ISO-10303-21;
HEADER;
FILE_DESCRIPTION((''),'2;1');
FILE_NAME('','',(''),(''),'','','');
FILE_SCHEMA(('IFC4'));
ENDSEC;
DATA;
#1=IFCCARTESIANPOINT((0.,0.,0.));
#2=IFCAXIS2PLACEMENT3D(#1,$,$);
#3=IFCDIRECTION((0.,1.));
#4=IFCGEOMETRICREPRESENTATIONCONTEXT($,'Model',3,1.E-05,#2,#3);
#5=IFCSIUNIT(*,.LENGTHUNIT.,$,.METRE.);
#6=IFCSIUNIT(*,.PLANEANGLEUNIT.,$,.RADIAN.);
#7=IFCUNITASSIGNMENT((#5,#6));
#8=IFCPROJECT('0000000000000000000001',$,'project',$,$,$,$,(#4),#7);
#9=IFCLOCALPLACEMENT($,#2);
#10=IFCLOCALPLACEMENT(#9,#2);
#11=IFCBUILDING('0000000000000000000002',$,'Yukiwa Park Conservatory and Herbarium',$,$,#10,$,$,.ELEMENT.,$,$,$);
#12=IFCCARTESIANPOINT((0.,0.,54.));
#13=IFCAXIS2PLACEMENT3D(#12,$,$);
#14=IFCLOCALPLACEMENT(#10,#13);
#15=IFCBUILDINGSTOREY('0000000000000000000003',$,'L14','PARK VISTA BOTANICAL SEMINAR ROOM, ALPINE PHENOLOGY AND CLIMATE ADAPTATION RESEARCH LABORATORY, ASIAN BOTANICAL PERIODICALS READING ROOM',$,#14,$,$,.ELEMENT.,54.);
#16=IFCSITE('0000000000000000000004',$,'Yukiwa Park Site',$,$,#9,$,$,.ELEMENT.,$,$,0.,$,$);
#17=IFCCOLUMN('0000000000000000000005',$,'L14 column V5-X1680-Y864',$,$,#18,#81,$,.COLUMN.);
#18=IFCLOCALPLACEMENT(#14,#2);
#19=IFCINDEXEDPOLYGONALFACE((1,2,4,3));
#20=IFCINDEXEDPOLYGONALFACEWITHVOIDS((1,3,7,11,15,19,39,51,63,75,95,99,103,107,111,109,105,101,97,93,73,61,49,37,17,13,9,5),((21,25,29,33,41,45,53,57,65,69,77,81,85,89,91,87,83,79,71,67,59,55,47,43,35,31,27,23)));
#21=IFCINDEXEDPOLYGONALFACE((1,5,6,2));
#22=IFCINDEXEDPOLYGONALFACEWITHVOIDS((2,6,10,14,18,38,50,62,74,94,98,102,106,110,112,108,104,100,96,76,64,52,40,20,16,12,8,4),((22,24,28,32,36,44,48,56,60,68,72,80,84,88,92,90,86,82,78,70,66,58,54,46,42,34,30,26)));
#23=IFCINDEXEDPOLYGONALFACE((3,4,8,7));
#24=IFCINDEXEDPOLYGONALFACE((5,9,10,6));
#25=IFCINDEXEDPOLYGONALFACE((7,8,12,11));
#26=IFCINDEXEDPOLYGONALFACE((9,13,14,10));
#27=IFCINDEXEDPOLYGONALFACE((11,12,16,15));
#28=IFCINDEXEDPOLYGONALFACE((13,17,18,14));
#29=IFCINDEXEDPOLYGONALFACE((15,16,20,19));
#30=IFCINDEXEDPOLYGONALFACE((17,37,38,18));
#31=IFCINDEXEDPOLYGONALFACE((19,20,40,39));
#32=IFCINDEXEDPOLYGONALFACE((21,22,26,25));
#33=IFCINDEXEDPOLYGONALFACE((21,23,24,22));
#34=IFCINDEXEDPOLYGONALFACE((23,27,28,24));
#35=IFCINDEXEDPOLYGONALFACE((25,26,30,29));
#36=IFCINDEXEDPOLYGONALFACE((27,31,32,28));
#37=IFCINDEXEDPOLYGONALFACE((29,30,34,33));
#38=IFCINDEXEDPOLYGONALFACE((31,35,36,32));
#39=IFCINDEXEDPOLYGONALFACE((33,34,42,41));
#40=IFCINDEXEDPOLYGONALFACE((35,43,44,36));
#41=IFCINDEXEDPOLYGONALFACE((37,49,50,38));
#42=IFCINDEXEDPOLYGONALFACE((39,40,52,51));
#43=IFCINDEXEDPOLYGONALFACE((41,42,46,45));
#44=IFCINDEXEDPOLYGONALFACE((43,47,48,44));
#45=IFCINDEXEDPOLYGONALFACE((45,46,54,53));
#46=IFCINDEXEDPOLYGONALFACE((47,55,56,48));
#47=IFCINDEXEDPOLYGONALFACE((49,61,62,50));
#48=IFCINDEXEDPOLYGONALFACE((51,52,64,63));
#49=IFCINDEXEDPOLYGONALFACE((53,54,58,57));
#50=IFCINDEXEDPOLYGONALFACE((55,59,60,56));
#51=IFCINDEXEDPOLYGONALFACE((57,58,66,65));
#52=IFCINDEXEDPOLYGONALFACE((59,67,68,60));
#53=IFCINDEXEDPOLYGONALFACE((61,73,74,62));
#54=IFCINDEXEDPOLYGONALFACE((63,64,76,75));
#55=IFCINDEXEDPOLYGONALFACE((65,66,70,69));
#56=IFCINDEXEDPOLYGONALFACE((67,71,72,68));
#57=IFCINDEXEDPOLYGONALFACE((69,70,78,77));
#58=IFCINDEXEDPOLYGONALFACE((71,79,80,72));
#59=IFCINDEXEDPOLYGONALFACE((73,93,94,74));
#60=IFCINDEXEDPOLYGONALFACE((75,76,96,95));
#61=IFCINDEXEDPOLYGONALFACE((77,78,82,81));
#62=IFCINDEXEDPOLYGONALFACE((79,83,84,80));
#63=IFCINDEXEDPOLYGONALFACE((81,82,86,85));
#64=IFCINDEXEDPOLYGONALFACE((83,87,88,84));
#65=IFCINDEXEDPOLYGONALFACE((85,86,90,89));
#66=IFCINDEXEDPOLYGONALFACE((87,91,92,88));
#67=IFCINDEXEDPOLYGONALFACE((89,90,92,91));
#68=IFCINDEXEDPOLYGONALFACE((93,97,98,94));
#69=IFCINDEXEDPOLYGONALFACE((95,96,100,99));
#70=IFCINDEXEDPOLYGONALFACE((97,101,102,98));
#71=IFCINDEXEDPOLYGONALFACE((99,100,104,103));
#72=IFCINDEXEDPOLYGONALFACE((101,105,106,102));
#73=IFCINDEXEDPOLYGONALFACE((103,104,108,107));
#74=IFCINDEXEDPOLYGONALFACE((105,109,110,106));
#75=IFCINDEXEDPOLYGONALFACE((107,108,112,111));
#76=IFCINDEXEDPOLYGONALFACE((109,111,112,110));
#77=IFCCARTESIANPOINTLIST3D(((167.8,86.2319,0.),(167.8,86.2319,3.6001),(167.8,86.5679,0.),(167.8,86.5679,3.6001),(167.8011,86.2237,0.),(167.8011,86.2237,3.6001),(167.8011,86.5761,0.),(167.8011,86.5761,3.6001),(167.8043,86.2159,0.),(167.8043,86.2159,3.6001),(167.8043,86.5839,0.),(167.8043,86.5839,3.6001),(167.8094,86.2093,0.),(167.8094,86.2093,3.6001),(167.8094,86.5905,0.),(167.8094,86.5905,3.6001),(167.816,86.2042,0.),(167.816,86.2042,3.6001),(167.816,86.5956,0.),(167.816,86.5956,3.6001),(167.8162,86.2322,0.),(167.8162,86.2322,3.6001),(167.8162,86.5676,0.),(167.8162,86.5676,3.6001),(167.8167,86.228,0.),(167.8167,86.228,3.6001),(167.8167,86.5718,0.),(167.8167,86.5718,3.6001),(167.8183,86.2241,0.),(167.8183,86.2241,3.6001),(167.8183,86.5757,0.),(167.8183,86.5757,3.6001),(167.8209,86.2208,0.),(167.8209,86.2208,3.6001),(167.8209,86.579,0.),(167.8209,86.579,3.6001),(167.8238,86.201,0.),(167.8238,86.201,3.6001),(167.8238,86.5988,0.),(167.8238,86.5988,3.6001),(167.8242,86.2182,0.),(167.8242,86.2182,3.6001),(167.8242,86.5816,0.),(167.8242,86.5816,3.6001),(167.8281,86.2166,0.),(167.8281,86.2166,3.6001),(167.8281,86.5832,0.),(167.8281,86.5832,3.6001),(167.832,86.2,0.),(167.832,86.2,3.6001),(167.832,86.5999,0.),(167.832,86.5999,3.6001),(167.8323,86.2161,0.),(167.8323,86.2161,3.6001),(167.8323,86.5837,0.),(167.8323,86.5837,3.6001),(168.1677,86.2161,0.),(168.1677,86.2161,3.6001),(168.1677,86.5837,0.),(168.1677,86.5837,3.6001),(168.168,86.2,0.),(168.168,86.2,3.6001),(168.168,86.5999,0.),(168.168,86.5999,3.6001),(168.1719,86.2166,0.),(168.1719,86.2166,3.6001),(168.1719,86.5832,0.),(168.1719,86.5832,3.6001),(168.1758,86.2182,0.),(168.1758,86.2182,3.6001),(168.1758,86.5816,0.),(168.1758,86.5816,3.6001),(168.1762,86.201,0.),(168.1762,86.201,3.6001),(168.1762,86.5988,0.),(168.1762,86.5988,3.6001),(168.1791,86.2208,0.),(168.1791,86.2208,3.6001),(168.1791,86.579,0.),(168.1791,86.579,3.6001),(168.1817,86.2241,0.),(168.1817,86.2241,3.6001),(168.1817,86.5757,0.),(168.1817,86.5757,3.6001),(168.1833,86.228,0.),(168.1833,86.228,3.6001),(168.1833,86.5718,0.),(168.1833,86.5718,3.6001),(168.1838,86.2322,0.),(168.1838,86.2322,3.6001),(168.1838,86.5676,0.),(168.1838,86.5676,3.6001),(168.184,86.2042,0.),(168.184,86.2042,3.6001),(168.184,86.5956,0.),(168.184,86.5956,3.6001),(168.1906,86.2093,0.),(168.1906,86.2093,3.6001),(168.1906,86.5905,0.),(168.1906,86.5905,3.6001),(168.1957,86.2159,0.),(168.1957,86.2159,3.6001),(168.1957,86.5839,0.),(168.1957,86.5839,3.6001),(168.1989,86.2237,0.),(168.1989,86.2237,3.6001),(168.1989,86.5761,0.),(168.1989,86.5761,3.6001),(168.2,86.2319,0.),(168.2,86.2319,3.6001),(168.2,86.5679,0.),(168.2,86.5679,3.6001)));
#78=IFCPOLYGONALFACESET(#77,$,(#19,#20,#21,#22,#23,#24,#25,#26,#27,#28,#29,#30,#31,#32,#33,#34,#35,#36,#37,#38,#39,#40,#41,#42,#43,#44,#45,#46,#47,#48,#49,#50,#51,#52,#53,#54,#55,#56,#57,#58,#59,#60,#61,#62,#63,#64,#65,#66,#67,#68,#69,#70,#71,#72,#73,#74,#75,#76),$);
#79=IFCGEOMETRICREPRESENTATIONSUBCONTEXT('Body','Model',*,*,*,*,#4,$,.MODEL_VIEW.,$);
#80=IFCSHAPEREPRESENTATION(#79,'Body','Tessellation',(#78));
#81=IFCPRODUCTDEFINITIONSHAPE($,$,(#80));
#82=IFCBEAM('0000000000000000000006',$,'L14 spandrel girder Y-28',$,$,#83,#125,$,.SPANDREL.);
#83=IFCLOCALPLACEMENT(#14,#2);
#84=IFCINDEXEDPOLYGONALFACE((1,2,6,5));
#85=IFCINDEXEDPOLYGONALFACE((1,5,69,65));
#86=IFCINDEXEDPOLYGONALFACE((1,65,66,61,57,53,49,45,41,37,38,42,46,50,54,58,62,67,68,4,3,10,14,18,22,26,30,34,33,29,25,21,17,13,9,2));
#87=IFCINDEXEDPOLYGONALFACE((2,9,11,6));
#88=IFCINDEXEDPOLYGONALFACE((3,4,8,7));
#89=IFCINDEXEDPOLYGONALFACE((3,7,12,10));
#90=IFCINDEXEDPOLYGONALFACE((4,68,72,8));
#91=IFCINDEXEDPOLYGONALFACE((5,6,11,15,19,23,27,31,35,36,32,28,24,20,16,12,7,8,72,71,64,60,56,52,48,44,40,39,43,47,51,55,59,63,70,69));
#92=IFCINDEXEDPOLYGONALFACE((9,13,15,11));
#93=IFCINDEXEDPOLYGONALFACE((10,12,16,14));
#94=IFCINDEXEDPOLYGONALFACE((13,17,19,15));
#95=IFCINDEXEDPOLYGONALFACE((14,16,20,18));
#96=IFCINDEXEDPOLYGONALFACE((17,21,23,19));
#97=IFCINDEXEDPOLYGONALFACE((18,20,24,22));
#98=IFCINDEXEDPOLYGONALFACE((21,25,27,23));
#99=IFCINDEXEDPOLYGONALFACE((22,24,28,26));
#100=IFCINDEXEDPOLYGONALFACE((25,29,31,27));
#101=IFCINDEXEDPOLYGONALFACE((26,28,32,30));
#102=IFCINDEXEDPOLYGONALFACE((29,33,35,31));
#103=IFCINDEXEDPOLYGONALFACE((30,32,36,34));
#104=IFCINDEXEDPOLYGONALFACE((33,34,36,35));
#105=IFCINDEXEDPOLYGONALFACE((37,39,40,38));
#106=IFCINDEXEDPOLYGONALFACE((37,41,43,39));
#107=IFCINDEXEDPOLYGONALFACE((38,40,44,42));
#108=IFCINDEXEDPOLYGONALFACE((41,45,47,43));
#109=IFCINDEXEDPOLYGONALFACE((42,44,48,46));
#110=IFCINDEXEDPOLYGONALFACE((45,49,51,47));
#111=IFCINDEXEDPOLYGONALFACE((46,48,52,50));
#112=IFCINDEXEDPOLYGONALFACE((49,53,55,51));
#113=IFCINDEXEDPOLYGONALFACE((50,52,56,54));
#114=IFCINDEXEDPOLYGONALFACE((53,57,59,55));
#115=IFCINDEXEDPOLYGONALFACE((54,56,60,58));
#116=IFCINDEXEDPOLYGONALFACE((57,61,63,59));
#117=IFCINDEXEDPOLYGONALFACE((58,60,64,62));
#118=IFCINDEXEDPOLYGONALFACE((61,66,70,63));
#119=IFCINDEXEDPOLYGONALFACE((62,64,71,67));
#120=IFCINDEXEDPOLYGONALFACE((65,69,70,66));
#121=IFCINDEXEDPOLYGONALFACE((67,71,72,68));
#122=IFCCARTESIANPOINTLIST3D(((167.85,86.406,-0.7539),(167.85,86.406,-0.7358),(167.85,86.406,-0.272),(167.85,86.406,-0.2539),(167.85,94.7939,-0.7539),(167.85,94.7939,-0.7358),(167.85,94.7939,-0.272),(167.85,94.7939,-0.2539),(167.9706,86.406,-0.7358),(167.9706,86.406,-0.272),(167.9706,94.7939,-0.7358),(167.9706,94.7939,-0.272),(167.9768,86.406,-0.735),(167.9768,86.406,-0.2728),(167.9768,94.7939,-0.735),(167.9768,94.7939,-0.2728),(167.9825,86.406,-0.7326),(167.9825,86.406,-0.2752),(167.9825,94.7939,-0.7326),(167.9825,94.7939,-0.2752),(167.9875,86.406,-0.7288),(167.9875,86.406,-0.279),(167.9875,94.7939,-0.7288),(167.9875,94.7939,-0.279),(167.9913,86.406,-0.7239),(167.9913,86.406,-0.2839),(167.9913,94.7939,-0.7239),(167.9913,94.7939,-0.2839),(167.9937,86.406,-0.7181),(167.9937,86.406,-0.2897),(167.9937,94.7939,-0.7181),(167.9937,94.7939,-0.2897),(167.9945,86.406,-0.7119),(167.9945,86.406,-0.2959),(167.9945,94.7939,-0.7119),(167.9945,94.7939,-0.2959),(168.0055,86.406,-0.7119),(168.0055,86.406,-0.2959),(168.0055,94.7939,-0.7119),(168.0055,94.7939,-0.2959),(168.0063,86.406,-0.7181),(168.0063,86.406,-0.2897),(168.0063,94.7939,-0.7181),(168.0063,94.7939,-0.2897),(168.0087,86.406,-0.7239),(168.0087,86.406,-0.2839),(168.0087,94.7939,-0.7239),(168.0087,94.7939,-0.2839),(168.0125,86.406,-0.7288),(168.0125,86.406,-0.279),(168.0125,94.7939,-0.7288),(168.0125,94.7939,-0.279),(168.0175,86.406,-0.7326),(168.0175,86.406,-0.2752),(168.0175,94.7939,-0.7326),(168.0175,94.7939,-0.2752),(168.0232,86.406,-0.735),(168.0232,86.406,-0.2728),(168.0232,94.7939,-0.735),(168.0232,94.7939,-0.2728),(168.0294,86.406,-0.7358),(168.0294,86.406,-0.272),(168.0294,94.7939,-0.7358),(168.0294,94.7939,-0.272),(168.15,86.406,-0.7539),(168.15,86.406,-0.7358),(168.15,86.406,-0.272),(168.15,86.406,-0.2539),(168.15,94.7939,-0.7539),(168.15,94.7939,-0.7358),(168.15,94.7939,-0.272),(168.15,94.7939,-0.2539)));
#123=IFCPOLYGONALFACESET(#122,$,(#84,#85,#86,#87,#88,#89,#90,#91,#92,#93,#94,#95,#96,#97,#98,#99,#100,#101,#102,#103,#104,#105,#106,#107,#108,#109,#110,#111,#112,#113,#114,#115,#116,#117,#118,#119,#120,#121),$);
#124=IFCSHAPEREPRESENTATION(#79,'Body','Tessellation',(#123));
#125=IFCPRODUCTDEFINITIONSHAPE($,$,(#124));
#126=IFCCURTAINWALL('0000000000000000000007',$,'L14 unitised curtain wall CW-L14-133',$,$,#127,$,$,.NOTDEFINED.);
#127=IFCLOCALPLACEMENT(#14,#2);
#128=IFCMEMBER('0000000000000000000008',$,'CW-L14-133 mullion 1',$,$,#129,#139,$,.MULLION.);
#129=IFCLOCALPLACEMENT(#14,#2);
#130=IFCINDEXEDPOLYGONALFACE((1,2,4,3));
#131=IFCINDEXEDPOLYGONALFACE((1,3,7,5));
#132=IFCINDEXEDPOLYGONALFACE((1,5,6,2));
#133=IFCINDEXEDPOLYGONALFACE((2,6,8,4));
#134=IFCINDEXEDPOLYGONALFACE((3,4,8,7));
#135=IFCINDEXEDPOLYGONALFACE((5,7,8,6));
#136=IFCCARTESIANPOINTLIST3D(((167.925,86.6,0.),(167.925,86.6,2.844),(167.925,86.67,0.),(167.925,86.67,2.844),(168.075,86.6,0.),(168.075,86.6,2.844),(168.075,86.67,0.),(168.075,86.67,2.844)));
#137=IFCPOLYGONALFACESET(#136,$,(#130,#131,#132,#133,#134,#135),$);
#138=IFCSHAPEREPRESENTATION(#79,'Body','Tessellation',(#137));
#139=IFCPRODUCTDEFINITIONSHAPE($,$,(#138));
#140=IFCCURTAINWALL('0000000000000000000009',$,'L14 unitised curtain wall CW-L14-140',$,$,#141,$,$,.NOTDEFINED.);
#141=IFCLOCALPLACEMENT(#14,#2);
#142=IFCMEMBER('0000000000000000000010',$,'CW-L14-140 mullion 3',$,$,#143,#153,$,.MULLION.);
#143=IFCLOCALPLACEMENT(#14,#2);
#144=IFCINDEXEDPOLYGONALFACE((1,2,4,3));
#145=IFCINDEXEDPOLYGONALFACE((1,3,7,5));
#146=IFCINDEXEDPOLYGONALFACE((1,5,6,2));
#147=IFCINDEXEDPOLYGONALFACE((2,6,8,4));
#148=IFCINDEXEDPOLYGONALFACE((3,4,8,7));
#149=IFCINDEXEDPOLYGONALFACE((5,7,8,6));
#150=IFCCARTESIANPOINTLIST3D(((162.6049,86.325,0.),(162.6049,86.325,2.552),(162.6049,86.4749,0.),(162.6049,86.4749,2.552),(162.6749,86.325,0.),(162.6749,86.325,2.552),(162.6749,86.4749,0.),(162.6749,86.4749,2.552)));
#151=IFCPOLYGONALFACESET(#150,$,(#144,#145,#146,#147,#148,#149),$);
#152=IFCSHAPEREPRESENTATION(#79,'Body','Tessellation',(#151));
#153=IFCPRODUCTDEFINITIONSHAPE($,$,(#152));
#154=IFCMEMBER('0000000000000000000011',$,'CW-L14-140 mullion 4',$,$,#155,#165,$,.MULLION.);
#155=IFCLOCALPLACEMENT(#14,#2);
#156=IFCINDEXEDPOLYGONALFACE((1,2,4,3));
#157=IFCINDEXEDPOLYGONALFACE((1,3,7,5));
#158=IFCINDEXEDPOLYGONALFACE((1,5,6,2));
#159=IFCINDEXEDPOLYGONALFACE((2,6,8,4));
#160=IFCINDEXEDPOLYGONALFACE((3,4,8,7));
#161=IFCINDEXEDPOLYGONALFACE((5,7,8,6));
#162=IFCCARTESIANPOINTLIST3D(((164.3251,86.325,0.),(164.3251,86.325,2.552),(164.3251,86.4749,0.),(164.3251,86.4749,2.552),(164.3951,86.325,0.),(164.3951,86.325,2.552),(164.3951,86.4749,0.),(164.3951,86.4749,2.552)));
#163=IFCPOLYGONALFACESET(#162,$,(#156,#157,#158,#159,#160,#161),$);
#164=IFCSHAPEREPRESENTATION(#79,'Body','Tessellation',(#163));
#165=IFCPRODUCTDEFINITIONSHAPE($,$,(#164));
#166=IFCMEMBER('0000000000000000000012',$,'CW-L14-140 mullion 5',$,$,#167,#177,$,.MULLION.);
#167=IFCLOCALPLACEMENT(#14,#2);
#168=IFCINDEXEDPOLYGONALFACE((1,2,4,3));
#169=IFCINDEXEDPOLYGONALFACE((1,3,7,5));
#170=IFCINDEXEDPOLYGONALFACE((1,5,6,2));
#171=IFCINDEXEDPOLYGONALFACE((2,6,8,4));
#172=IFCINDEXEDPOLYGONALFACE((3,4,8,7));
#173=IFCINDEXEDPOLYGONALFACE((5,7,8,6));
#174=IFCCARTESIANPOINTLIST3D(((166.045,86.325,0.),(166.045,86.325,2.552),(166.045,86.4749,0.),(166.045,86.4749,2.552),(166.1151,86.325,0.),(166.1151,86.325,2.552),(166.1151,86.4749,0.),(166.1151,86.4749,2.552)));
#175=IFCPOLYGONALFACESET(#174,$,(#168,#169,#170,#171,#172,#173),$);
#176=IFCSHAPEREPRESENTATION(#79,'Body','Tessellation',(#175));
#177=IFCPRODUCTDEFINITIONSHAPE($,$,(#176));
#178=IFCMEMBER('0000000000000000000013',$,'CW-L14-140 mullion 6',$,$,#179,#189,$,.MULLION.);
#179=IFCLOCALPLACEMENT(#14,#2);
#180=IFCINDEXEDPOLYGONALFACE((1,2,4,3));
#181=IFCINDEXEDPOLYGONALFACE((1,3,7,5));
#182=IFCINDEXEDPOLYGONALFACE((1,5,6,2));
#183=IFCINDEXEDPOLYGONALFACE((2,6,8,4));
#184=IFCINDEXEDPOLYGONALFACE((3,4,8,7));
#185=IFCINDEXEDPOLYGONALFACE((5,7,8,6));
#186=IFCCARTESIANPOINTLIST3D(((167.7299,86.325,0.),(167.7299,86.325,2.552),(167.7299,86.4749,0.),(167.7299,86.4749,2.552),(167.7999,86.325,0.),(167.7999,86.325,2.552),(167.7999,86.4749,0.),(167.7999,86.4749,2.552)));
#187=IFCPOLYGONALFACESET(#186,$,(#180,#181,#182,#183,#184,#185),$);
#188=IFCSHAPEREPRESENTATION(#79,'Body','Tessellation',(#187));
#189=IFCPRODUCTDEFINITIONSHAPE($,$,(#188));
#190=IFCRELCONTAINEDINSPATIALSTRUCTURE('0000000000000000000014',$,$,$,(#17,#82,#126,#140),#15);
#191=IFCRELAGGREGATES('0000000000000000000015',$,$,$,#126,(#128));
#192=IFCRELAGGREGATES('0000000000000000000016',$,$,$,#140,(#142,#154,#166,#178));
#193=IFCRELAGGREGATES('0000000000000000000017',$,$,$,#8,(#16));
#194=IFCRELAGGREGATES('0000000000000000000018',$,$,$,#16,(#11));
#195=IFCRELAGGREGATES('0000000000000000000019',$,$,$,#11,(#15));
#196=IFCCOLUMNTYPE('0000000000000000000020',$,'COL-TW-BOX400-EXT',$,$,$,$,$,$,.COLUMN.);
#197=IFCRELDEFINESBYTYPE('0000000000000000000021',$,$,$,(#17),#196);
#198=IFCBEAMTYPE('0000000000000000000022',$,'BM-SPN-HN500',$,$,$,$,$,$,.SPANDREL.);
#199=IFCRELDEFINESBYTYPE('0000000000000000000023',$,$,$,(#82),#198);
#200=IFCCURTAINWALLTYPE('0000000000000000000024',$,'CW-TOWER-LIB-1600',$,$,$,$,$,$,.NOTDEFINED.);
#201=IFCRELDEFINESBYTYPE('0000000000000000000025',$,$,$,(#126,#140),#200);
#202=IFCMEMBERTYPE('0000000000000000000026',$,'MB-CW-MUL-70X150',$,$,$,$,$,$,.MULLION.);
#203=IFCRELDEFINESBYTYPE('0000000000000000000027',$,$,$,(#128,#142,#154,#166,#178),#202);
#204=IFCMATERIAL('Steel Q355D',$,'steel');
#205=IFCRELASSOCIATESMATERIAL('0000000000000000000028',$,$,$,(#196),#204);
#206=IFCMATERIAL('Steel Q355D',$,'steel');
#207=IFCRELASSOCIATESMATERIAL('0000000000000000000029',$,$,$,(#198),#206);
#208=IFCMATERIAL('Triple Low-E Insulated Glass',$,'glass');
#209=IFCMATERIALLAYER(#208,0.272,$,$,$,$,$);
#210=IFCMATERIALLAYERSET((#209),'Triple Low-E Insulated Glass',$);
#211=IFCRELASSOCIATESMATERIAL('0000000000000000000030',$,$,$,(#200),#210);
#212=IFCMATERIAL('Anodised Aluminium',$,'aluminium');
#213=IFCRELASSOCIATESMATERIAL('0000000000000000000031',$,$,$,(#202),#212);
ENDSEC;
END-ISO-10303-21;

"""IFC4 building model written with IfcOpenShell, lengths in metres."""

from ifc_helpers import new_model, si_unit, direction, frame, origin, origin_2d, place, context, subcontext, project, spatial, rectangle, hollow_rectangle, i_section, extrude, material, layer, layer_set, material_profile, profile_set, type_object, element, aggregate, save


model = new_model("IFC4")

# Units and contexts
model_context = context("Model", 3, precision=1e-05, world=origin(), true_north=direction((0.0, 1.0)))
body_context = subcontext(model_context, "Body", "Model", "MODEL_VIEW")
ifc_project = project(units=[si_unit("LENGTHUNIT", "METRE"), si_unit("PLANEANGLEUNIT", "RADIAN")], contexts=[model_context])

# Site, building, storey
site_placement = place(None, origin())
site = spatial("IfcSite", under=ifc_project, at=site_placement, Name="Yukiwa Park Site", CompositionType="ELEMENT", RefElevation=0.0)
building_placement = place(site_placement, origin())
building = spatial("IfcBuilding", under=site, at=building_placement, Name="Yukiwa Park Conservatory and Herbarium", CompositionType="ELEMENT")
storey_placement = place(building_placement, frame((0.0, 0.0, 54.0)))
storey = spatial("IfcBuildingStorey", under=building, at=storey_placement, Name="L14", Description="PARK VISTA BOTANICAL SEMINAR ROOM, ALPINE PHENOLOGY AND CLIMATE ADAPTATION RESEARCH LABORATORY, ASIAN BOTANICAL PERIODICALS READING ROOM", CompositionType="ELEMENT", Elevation=54.0)

# Column
ifc_material_1 = material(Name="Steel Q355D", Category="steel")
ifc_material_profile_1 = material_profile(ifc_material_1, hollow_rectangle(XDim=0.3999, YDim=0.3999, WallThickness=0.0161, InnerFilletRadius=0.0161, OuterFilletRadius=0.032, at=origin_2d()), Name="BOX 400x400x16")
ifc_profile_set_1 = profile_set([ifc_material_profile_1], Name="Steel Q355D")
column_type = type_object("IfcColumnType", Name="COL-TW-BOX400-EXT", PredefinedType="COLUMN", material=ifc_profile_set_1)
column_placement = place(storey_placement, frame((168.0, 86.3999, 0.0), z_axis=(0.0, 0.0, 1.0), x_axis=(1.0, 0.0, 0.0)))
element("IfcColumn", 1, at=column_placement, inside=storey, type_object=column_type, Name="L14 column V5-X1680-Y864", PredefinedType="COLUMN", context=body_context, shape_type="SweptSolid", body=[
    extrude(hollow_rectangle(XDim=0.3999, YDim=0.3999, WallThickness=0.0161, InnerFilletRadius=0.0161, OuterFilletRadius=0.032, at=origin_2d()), origin(), (0.0, 0.0, 1.0), 3.6001),
])

# Beam
ifc_material_2 = material(Name="Steel Q355D", Category="steel")
ifc_material_profile_2 = material_profile(ifc_material_2, i_section(OverallWidth=0.3, OverallDepth=0.5, WebThickness=0.011, FlangeThickness=0.0181, FilletRadius=0.0239, at=origin_2d()), Name="HM 500x300x11x18")
ifc_profile_set_2 = profile_set([ifc_material_profile_2], Name="Steel Q355D")
beam_type = type_object("IfcBeamType", Name="BM-SPN-HN500", PredefinedType="SPANDREL", material=ifc_profile_set_2)
beam_placement = place(storey_placement, frame((168.0, 86.406, -0.5039), z_axis=(0.0, 1.0, 0.0), x_axis=(-1.0, 0.0, 0.0)))
element("IfcBeam", 2, at=beam_placement, inside=storey, type_object=beam_type, Name="L14 spandrel girder Y-28", PredefinedType="SPANDREL", context=body_context, shape_type="SweptSolid", body=[
    extrude(i_section(OverallWidth=0.3, OverallDepth=0.5, WebThickness=0.011, FlangeThickness=0.0181, FilletRadius=0.0239, at=origin_2d()), origin(), (0.0, 0.0, 1.0), 8.3879),
])

# Curtain wall, member
ifc_material_3 = material(Name="Triple Low-E Insulated Glass", Category="glass")
ifc_layer_1 = layer(ifc_material_3, 0.272)
ifc_layer_set_1 = layer_set([ifc_layer_1], Name="Triple Low-E Insulated Glass")
curtain_wall_type = type_object("IfcCurtainWallType", Name="CW-TOWER-LIB-1600", PredefinedType="NOTDEFINED", material=ifc_layer_set_1)
curtain_wall_1_placement = place(storey_placement, origin())
curtain_wall_1 = element("IfcCurtainWall", 3, at=curtain_wall_1_placement, inside=storey, type_object=curtain_wall_type, Name="L14 unitised curtain wall CW-L14-133", PredefinedType="NOTDEFINED")
ifc_material_4 = material(Name="Anodised Aluminium", Category="aluminium")
member_type_1 = type_object("IfcMemberType", Name="MB-CW-MUL-70X150", PredefinedType="MULLION", material=ifc_material_4)
member_1_placement = place(storey_placement, frame((168.0, 86.635, 0.0), z_axis=(0.0, 0.0, 1.0), x_axis=(0.0, 1.0, 0.0)))
member_1 = element("IfcMember", 4, at=member_1_placement, type_object=member_type_1, Name="CW-L14-133 mullion 1", PredefinedType="MULLION", context=body_context, shape_type="SweptSolid", body=[
    extrude(rectangle(XDim=0.0701, YDim=0.1499, at=origin_2d()), origin(), (0.0, 0.0, 1.0), 2.844),
])

# Curtain wall, members
curtain_wall_2_placement = place(storey_placement, origin())
curtain_wall_2 = element("IfcCurtainWall", 5, at=curtain_wall_2_placement, inside=storey, type_object=curtain_wall_type, Name="L14 unitised curtain wall CW-L14-140", PredefinedType="NOTDEFINED")
member_2_placement = place(storey_placement, frame((162.6399, 86.3999, 0.0), z_axis=(0.0, 0.0, 1.0), x_axis=(1.0, 0.0, 0.0)))
member_2 = element("IfcMember", 6, at=member_2_placement, type_object=member_type_1, Name="CW-L14-140 mullion 3", PredefinedType="MULLION", context=body_context, shape_type="SweptSolid", body=[
    extrude(rectangle(XDim=0.0701, YDim=0.1499, at=origin_2d()), origin(), (0.0, 0.0, 1.0), 2.552),
])
member_3_placement = place(storey_placement, frame((164.3601, 86.3999, 0.0), z_axis=(0.0, 0.0, 1.0), x_axis=(1.0, 0.0, 0.0)))
member_3 = element("IfcMember", 7, at=member_3_placement, type_object=member_type_1, Name="CW-L14-140 mullion 4", PredefinedType="MULLION", context=body_context, shape_type="SweptSolid", body=[
    extrude(rectangle(XDim=0.0701, YDim=0.1499, at=origin_2d()), origin(), (0.0, 0.0, 1.0), 2.552),
])
member_4_placement = place(storey_placement, frame((166.0801, 86.3999, 0.0), z_axis=(0.0, 0.0, 1.0), x_axis=(1.0, 0.0, 0.0)))
member_4 = element("IfcMember", 8, at=member_4_placement, type_object=member_type_1, Name="CW-L14-140 mullion 5", PredefinedType="MULLION", context=body_context, shape_type="SweptSolid", body=[
    extrude(rectangle(XDim=0.0701, YDim=0.1499, at=origin_2d()), origin(), (0.0, 0.0, 1.0), 2.552),
])
member_5_placement = place(storey_placement, frame((167.7649, 86.3999, 0.0), z_axis=(0.0, 0.0, 1.0), x_axis=(1.0, 0.0, 0.0)))
member_5 = element("IfcMember", 9, at=member_5_placement, type_object=member_type_1, Name="CW-L14-140 mullion 6", PredefinedType="MULLION", context=body_context, shape_type="SweptSolid", body=[
    extrude(rectangle(XDim=0.0701, YDim=0.1499, at=origin_2d()), origin(), (0.0, 0.0, 1.0), 2.552),
])

aggregate(curtain_wall_1, [member_1])

aggregate(curtain_wall_2, [member_2, member_3, member_4, member_5])

save(model, "model.ifc")
